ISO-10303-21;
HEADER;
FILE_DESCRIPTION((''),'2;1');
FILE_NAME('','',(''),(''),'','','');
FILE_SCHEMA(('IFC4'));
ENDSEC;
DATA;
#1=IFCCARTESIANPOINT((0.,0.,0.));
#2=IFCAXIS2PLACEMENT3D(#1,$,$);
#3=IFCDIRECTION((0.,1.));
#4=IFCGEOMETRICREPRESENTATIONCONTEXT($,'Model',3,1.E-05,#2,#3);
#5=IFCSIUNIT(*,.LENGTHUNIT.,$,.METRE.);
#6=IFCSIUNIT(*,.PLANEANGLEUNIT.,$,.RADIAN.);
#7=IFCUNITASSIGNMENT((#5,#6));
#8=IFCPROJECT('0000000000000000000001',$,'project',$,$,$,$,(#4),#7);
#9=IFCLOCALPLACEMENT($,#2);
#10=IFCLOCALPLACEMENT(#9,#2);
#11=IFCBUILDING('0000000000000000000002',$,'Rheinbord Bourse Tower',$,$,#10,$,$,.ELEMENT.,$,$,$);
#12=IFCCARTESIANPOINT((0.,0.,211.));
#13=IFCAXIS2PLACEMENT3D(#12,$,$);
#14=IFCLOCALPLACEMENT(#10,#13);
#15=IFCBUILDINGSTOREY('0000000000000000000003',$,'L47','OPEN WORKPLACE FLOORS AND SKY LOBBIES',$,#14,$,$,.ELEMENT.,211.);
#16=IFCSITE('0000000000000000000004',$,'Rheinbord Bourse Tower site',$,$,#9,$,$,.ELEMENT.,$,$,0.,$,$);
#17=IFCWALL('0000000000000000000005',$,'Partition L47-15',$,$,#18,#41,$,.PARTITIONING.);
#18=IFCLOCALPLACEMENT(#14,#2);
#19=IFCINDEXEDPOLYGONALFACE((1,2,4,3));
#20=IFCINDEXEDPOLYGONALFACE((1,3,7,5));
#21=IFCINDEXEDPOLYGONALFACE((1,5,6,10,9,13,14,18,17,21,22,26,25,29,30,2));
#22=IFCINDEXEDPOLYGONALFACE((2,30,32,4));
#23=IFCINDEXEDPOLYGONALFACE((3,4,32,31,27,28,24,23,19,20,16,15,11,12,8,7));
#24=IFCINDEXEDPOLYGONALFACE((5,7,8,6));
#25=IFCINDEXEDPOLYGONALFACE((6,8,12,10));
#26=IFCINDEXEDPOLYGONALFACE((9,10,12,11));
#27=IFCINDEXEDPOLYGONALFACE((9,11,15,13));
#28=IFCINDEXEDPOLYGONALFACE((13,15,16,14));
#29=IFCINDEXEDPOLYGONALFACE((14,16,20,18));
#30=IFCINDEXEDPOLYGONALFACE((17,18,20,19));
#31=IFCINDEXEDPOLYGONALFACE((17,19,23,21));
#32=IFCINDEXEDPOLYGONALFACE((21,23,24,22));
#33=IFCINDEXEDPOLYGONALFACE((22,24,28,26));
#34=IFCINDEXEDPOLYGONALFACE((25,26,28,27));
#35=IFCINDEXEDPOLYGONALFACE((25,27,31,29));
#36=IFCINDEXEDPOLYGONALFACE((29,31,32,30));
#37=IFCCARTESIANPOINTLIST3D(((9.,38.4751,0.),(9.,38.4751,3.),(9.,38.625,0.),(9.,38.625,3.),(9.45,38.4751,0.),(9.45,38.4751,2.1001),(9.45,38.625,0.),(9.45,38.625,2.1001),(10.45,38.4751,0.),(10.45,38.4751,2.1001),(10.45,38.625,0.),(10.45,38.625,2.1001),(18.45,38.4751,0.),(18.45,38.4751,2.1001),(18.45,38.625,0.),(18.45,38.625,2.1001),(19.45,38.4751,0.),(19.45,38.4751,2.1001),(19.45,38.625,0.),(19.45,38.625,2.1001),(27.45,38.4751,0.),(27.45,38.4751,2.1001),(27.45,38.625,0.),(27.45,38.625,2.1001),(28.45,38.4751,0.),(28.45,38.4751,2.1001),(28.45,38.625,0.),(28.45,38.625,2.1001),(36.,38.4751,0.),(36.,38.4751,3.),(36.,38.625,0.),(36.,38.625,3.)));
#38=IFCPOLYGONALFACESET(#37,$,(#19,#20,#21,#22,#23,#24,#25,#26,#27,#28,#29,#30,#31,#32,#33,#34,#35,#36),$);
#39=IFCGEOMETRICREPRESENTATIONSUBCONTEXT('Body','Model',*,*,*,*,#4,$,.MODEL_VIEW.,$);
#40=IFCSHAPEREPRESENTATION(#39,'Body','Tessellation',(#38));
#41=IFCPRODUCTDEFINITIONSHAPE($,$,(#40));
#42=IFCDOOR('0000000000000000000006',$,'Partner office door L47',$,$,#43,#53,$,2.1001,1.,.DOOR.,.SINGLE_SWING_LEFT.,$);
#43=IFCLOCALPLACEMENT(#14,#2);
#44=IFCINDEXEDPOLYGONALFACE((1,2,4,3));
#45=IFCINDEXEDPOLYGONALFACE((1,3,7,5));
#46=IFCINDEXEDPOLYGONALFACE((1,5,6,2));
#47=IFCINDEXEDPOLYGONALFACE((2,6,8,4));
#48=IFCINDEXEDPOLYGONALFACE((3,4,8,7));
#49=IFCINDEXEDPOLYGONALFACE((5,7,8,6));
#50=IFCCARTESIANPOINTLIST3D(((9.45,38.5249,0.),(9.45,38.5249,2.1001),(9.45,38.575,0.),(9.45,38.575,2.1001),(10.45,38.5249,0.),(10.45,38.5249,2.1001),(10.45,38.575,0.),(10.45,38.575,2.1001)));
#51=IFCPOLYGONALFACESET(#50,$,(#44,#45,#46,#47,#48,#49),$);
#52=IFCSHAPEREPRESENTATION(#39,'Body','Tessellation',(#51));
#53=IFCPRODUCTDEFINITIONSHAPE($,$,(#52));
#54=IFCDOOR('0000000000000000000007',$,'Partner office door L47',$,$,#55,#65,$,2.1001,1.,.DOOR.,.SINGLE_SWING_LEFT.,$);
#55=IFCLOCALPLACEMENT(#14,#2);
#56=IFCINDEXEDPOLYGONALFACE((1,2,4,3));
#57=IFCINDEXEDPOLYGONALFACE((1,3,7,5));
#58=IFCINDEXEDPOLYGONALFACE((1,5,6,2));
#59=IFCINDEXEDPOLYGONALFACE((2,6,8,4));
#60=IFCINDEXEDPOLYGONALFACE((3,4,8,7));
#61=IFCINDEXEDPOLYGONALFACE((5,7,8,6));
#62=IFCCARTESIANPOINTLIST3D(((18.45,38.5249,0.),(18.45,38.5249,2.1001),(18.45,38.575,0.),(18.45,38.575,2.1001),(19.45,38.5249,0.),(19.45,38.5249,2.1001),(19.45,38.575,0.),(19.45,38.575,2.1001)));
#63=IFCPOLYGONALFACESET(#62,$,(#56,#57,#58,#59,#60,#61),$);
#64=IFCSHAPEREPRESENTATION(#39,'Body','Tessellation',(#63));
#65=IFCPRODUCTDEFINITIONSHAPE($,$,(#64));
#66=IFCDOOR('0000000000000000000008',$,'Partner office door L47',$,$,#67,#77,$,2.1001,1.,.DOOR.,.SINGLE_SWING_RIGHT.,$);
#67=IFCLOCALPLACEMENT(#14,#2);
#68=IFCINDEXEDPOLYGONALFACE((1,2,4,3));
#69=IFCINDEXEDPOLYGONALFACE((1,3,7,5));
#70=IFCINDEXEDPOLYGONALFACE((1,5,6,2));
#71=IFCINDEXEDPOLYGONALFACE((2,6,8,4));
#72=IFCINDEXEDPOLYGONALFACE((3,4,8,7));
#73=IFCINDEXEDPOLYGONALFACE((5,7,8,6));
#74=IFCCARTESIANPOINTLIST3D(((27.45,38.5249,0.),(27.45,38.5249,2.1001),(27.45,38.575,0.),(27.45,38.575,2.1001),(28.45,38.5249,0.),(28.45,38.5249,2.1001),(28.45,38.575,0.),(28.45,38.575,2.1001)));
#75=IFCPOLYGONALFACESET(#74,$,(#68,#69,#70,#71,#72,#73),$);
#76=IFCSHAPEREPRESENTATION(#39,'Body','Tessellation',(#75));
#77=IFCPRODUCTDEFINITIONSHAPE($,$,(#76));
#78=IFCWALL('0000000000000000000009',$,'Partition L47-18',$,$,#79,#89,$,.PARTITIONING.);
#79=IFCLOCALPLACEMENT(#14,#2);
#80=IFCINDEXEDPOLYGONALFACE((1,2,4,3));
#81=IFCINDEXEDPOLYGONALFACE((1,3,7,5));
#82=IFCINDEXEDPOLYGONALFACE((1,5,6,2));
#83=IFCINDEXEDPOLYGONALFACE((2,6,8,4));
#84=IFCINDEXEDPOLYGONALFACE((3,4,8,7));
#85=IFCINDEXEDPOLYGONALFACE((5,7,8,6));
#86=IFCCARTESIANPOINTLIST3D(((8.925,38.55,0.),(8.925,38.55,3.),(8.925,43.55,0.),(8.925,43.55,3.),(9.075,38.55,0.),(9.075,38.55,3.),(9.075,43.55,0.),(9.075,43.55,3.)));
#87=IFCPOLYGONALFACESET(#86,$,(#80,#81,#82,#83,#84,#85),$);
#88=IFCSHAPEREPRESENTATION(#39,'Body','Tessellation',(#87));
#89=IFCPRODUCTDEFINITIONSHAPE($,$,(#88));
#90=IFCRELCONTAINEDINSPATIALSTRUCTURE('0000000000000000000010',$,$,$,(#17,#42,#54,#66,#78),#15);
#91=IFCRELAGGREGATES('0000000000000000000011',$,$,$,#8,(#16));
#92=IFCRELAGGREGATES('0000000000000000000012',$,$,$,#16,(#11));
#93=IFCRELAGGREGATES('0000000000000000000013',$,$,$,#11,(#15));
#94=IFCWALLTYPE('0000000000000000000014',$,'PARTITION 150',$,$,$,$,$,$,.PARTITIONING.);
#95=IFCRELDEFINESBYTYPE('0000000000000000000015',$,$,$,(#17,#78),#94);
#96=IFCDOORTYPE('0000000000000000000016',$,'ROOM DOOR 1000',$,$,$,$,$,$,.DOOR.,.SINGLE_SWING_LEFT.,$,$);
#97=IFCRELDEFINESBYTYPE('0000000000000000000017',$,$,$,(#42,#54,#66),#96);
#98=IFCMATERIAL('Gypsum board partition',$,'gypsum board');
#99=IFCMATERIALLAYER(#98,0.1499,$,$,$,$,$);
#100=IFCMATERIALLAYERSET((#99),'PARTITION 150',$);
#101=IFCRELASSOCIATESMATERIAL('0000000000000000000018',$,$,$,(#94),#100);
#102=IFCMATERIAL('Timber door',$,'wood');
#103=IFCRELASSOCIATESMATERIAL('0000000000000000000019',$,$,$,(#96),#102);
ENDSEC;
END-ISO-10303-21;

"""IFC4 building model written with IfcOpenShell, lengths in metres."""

from ifc_helpers import new_model, si_unit, direction, frame, frame_2d, origin, place, context, subcontext, project, spatial, rectangle, extrude, material, layer, layer_set, type_object, element, fill, save


model = new_model("IFC4")

# Units and contexts
model_context = context("Model", 3, precision=1e-05, world=origin(), true_north=direction((0.0, 1.0)))
body_context = subcontext(model_context, "Body", "Model", "MODEL_VIEW")
ifc_project = project(units=[si_unit("LENGTHUNIT", "METRE"), si_unit("PLANEANGLEUNIT", "RADIAN")], contexts=[model_context])

# Site, building, storey
site_placement = place(None, origin())
site = spatial("IfcSite", under=ifc_project, at=site_placement, Name="Rheinbord Bourse Tower site", CompositionType="ELEMENT", RefElevation=0.0)
building_placement = place(site_placement, origin())
building = spatial("IfcBuilding", under=site, at=building_placement, Name="Rheinbord Bourse Tower", CompositionType="ELEMENT")
storey_placement = place(building_placement, frame((0.0, 0.0, 211.0)))
storey = spatial("IfcBuildingStorey", under=building, at=storey_placement, Name="L47", Description="OPEN WORKPLACE FLOORS AND SKY LOBBIES", CompositionType="ELEMENT", Elevation=211.0)

# Shared definitions
ifc_material_1 = material(Name="Gypsum board partition", Category="gypsum board")
ifc_layer_1 = layer(ifc_material_1, 0.1499)
ifc_layer_set_1 = layer_set([ifc_layer_1], Name="PARTITION 150")
wall_type = type_object("IfcWallType", Name="PARTITION 150", PredefinedType="PARTITIONING", material=ifc_layer_set_1)

# Wall, openings, doors
wall_1_placement = place(storey_placement, frame((9.0, 38.55, 0.0), z_axis=(0.0, 0.0, 1.0), x_axis=(1.0, 0.0, 0.0)))
wall_1 = element("IfcWall", 1, at=wall_1_placement, inside=storey, type_object=wall_type, Name="Partition L47-15", PredefinedType="PARTITIONING", context=body_context, shape_type="SweptSolid", body=[
    extrude(rectangle(XDim=27.0, YDim=0.1499, at=frame_2d((13.5, 0.0))), origin(), (0.0, 0.0, 1.0), 3.0),
])
opening_1_placement = place(wall_1_placement, frame((0.45, 0.0, 0.0)))
opening_1 = element("IfcOpeningElement", 2, at=opening_1_placement, cuts=wall_1, PredefinedType="OPENING", context=body_context, shape_type="SweptSolid", body=[
    extrude(rectangle(XDim=1.0, YDim=2.1001, at=frame_2d((0.5, 1.05))), frame((0.0, 0.085, 0.0), z_axis=(0.0, -1.0, 0.0), x_axis=(1.0, 0.0, 0.0)), (0.0, 0.0, 1.0), 0.1699),
])
opening_2_placement = place(wall_1_placement, frame((9.45, 0.0, 0.0)))
opening_2 = element("IfcOpeningElement", 3, at=opening_2_placement, cuts=wall_1, PredefinedType="OPENING", context=body_context, shape_type="SweptSolid", body=[
    extrude(rectangle(XDim=1.0, YDim=2.1001, at=frame_2d((0.5, 1.05))), frame((0.0, 0.085, 0.0), z_axis=(0.0, -1.0, 0.0), x_axis=(1.0, 0.0, 0.0)), (0.0, 0.0, 1.0), 0.1699),
])
opening_3_placement = place(wall_1_placement, frame((18.45, 0.0, 0.0)))
opening_3 = element("IfcOpeningElement", 4, at=opening_3_placement, cuts=wall_1, PredefinedType="OPENING", context=body_context, shape_type="SweptSolid", body=[
    extrude(rectangle(XDim=1.0, YDim=2.1001, at=frame_2d((0.5, 1.05))), frame((0.0, 0.085, 0.0), z_axis=(0.0, -1.0, 0.0), x_axis=(1.0, 0.0, 0.0)), (0.0, 0.0, 1.0), 0.1699),
])
ifc_material_2 = material(Name="Timber door", Category="wood")
door_type = type_object("IfcDoorType", Name="ROOM DOOR 1000", OperationType="SINGLE_SWING_LEFT", PredefinedType="DOOR", material=ifc_material_2)
door_1_placement = place(opening_1_placement, origin())
door_1 = element("IfcDoor", 5, at=door_1_placement, inside=storey, type_object=door_type, Name="Partner office door L47", OperationType="SINGLE_SWING_LEFT", OverallHeight=2.1001, OverallWidth=1.0, PredefinedType="DOOR", context=body_context, shape_type="SweptSolid", body=[
    extrude(rectangle(XDim=1.0, YDim=2.1001, at=frame_2d((0.5, 1.05))), frame((0.0, 0.0249, 0.0), z_axis=(0.0, -1.0, 0.0), x_axis=(1.0, 0.0, 0.0)), (0.0, 0.0, 1.0), 0.05),
])
fill(opening_1, door_1)
door_2_placement = place(opening_2_placement, origin())
door_2 = element("IfcDoor", 6, at=door_2_placement, inside=storey, type_object=door_type, Name="Partner office door L47", OperationType="SINGLE_SWING_LEFT", OverallHeight=2.1001, OverallWidth=1.0, PredefinedType="DOOR", context=body_context, shape_type="SweptSolid", body=[
    extrude(rectangle(XDim=1.0, YDim=2.1001, at=frame_2d((0.5, 1.05))), frame((0.0, 0.0249, 0.0), z_axis=(0.0, -1.0, 0.0), x_axis=(1.0, 0.0, 0.0)), (0.0, 0.0, 1.0), 0.05),
])
fill(opening_2, door_2)
door_3_placement = place(opening_3_placement, origin())
door_3 = element("IfcDoor", 7, at=door_3_placement, inside=storey, type_object=door_type, Name="Partner office door L47", OperationType="SINGLE_SWING_RIGHT", OverallHeight=2.1001, OverallWidth=1.0, PredefinedType="DOOR", context=body_context, shape_type="SweptSolid", body=[
    extrude(rectangle(XDim=1.0, YDim=2.1001, at=frame_2d((0.5, 1.05))), frame((0.0, 0.0249, 0.0), z_axis=(0.0, -1.0, 0.0), x_axis=(1.0, 0.0, 0.0)), (0.0, 0.0, 1.0), 0.05),
])
fill(opening_3, door_3)

# Wall
wall_2_placement = place(storey_placement, frame((9.0, 38.55, 0.0), z_axis=(0.0, 0.0, 1.0), x_axis=(0.0, 1.0, 0.0)))
element("IfcWall", 8, at=wall_2_placement, inside=storey, type_object=wall_type, Name="Partition L47-18", PredefinedType="PARTITIONING", context=body_context, shape_type="SweptSolid", body=[
    extrude(rectangle(XDim=5.0, YDim=0.1499, at=frame_2d((2.5, 0.0))), origin(), (0.0, 0.0, 1.0), 3.0),
])

save(model, "model.ifc")
